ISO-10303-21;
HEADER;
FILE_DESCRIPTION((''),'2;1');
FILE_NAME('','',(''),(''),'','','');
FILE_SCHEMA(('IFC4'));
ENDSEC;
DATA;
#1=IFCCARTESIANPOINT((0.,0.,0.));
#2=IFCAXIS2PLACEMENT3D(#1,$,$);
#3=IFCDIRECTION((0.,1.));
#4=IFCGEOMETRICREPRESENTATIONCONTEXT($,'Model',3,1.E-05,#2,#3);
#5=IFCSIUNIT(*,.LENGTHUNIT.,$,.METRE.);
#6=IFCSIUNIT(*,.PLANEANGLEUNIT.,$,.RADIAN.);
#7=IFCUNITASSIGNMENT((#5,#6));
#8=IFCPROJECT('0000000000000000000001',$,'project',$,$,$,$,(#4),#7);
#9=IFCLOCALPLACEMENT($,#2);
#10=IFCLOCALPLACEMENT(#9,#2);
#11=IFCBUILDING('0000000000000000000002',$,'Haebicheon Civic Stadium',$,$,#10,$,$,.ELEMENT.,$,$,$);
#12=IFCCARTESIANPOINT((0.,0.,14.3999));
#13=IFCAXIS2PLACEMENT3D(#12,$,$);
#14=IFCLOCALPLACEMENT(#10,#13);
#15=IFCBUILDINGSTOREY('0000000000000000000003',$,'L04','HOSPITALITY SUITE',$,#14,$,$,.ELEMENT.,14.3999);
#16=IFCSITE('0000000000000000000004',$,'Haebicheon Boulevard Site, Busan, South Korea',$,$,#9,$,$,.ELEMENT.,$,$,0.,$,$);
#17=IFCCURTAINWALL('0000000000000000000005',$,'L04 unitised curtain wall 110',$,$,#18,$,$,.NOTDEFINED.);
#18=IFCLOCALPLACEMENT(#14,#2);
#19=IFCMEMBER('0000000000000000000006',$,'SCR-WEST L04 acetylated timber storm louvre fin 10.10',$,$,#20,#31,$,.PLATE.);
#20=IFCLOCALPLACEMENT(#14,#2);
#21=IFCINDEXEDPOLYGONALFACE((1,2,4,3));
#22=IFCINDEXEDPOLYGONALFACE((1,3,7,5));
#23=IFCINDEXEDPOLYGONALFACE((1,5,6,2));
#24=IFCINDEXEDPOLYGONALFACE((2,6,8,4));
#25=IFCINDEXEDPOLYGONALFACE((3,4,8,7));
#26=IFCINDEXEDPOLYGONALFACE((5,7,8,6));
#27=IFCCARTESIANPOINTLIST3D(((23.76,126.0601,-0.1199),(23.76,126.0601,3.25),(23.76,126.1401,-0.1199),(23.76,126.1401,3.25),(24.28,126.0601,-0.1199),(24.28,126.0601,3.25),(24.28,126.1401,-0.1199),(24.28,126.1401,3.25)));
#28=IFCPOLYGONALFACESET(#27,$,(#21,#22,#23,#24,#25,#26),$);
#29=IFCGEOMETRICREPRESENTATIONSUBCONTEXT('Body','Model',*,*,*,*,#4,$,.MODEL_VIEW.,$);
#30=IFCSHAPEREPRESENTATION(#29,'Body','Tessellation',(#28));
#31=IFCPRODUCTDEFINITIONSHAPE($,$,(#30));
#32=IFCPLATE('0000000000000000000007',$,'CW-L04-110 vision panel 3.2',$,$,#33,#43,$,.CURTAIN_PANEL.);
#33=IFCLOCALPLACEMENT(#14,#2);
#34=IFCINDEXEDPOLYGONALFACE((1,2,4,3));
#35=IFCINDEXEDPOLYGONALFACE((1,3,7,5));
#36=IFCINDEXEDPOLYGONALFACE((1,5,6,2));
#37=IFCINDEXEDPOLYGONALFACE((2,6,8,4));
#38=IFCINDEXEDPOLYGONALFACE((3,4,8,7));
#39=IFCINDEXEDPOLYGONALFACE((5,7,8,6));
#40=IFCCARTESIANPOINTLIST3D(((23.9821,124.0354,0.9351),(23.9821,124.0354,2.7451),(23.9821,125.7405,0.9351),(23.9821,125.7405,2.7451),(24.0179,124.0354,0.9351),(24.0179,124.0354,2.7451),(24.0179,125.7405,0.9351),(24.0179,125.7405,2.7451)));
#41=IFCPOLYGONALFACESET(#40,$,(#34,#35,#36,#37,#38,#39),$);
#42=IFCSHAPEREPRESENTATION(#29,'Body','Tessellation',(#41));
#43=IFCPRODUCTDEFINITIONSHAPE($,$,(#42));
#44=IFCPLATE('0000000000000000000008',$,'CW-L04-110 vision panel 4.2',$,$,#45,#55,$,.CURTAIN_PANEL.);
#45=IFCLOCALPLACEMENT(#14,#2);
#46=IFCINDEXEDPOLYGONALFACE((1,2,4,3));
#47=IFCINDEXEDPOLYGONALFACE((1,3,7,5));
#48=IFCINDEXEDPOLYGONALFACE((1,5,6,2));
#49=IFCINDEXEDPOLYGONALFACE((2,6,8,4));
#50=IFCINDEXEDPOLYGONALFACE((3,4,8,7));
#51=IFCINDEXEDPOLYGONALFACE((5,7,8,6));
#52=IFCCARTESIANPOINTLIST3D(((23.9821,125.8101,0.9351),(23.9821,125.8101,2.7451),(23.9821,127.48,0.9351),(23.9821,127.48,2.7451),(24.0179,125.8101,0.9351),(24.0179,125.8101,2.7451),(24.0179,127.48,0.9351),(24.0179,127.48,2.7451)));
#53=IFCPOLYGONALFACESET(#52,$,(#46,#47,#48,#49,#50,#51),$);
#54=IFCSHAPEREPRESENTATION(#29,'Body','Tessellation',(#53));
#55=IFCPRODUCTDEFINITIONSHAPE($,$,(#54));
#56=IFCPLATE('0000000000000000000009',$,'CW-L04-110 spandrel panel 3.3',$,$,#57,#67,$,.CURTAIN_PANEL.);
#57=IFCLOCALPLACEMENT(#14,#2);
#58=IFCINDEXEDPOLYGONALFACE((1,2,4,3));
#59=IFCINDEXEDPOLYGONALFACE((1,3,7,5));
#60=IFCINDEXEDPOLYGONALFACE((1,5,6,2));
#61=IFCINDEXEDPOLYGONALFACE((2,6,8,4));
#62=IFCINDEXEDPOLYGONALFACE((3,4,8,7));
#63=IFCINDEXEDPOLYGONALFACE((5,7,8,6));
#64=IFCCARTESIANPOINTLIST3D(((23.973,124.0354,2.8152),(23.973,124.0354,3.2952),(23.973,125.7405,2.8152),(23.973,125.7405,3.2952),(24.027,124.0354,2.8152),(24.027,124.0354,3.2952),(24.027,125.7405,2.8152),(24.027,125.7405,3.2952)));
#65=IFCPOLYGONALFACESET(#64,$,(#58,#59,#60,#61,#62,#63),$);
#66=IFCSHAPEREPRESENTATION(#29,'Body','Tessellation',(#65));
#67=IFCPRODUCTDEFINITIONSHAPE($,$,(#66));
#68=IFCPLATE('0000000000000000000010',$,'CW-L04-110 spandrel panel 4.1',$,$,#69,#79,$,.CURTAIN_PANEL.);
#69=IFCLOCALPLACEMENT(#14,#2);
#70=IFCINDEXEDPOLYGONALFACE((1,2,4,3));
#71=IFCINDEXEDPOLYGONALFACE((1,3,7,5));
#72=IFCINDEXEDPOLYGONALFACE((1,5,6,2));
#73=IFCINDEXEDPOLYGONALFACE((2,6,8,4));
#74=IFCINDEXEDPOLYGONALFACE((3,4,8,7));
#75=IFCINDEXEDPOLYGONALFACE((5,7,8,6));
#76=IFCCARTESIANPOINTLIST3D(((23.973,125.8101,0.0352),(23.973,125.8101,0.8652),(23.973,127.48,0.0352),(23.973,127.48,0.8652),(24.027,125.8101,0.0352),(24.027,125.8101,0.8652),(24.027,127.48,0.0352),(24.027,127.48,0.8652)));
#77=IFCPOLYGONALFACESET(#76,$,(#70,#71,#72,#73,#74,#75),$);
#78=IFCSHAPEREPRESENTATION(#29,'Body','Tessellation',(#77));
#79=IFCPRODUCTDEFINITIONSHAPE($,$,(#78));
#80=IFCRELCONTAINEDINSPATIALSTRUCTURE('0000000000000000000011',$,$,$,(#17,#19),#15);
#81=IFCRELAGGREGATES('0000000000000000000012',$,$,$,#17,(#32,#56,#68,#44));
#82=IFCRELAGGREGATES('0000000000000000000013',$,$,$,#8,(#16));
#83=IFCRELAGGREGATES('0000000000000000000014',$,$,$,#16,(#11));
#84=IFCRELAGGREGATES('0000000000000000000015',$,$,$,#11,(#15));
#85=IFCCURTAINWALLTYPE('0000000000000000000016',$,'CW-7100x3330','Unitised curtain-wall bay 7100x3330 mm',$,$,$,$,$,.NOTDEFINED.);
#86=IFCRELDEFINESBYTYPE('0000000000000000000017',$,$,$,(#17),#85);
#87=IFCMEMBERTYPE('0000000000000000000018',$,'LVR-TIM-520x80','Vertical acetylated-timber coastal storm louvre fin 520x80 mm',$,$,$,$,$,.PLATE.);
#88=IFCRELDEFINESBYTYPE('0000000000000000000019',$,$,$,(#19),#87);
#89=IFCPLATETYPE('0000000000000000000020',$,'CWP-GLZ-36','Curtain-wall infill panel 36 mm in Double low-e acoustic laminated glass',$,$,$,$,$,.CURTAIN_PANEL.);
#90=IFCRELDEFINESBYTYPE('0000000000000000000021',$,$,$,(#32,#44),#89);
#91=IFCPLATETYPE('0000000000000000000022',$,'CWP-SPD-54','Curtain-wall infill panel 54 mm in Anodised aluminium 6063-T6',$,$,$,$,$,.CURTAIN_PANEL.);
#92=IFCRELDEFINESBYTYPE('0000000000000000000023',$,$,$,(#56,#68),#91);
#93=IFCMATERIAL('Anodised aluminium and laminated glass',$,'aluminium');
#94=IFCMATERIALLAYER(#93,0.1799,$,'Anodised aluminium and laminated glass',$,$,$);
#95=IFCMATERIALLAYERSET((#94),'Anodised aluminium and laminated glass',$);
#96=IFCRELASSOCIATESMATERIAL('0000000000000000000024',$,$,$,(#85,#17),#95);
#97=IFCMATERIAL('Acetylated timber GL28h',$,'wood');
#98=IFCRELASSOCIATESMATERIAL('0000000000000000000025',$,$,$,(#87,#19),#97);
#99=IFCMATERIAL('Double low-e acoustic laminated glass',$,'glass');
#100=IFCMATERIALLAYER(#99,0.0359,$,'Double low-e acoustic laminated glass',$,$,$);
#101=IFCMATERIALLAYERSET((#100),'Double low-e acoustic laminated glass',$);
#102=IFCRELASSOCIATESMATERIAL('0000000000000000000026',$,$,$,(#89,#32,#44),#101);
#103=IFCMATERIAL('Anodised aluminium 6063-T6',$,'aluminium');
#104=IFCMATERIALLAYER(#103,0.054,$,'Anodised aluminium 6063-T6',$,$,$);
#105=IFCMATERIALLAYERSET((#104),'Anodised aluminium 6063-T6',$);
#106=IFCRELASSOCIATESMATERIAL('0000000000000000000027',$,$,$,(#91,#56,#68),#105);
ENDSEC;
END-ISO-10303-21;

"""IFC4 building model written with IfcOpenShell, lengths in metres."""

from ifc_helpers import new_model, si_unit, direction, frame, origin, origin_2d, place, context, subcontext, project, spatial, rectangle, extrude, material, layer, layer_set, material_profile, profile_set, type_object, element, aggregate, save


model = new_model("IFC4")

# Units and contexts
model_context = context("Model", 3, precision=1e-05, world=origin(), true_north=direction((0.0, 1.0)))
body_context = subcontext(model_context, "Body", "Model", "MODEL_VIEW")
ifc_project = project(units=[si_unit("LENGTHUNIT", "METRE"), si_unit("PLANEANGLEUNIT", "RADIAN")], contexts=[model_context])

# Site, building, storey
site_placement = place(None, origin())
site = spatial("IfcSite", under=ifc_project, at=site_placement, Name="Haebicheon Boulevard Site, Busan, South Korea", CompositionType="ELEMENT", RefElevation=0.0)
building_placement = place(site_placement, origin())
building = spatial("IfcBuilding", under=site, at=building_placement, Name="Haebicheon Civic Stadium", CompositionType="ELEMENT")
storey_placement = place(building_placement, frame((0.0, 0.0, 14.3999)))
storey = spatial("IfcBuildingStorey", under=building, at=storey_placement, Name="L04", Description="HOSPITALITY SUITE", CompositionType="ELEMENT", Elevation=14.3999)

# Curtain wall
ifc_material_1 = material(Name="Anodised aluminium and laminated glass", Category="aluminium")
ifc_layer_1 = layer(ifc_material_1, 0.1799, Name="Anodised aluminium and laminated glass")
ifc_layer_set_1 = layer_set([ifc_layer_1], Name="Anodised aluminium and laminated glass")
curtain_wall_type = type_object("IfcCurtainWallType", Name="CW-7100x3330", Description="Unitised curtain-wall bay 7100x3330 mm", PredefinedType="NOTDEFINED", material=ifc_layer_set_1)
curtain_wall_placement = place(storey_placement, origin())
curtain_wall = element("IfcCurtainWall", 1, at=curtain_wall_placement, inside=storey, type_object=curtain_wall_type, material=ifc_layer_set_1, Name="L04 unitised curtain wall 110", PredefinedType="NOTDEFINED")

# Member
ifc_material_2 = material(Name="Acetylated timber GL28h", Category="wood")
ifc_material_profile_1 = material_profile(ifc_material_2, rectangle(XDim=0.0801, YDim=0.52, at=origin_2d()), Name="TMB-LOUV-80x520")
ifc_profile_set_1 = profile_set([ifc_material_profile_1], Name="Acetylated timber GL28h")
member_type_1 = type_object("IfcMemberType", Name="LVR-TIM-520x80", Description="Vertical acetylated-timber coastal storm louvre fin 520x80 mm", PredefinedType="PLATE", material=ifc_profile_set_1)
for number, where, z_axis, x_axis, name in (
    (2, (24.02, 126.1001, -0.1199), (0.0, 0.0, 1.0), (0.0, 1.0, 0.0), "SCR-WEST L04 acetylated timber storm louvre fin 10.10"),
):
    element("IfcMember", number, at=place(storey_placement, frame(where, z_axis=z_axis, x_axis=x_axis)), inside=storey, type_object=member_type_1, material=ifc_profile_set_1, Name=name, PredefinedType="PLATE", context=body_context, shape_type="SweptSolid", body=[
        extrude(rectangle(XDim=0.0801, YDim=0.52, at=origin_2d()), origin(), (0.0, 0.0, 1.0), 3.3699),
    ])

# Plates
ifc_material_3 = material(Name="Double low-e acoustic laminated glass", Category="glass")
ifc_layer_2 = layer(ifc_material_3, 0.0359, Name="Double low-e acoustic laminated glass")
ifc_layer_set_2 = layer_set([ifc_layer_2], Name="Double low-e acoustic laminated glass")
plate_type_1 = type_object("IfcPlateType", Name="CWP-GLZ-36", Description="Curtain-wall infill panel 36 mm in Double low-e acoustic laminated glass", PredefinedType="CURTAIN_PANEL", material=ifc_layer_set_2)
plate_1_placement = place(storey_placement, frame((24.0, 124.8879, 0.9351), z_axis=(0.0, 0.0, 1.0), x_axis=(0.0, 1.0, 0.0)))
plate_1 = element("IfcPlate", 3, at=plate_1_placement, type_object=plate_type_1, material=ifc_layer_set_2, Name="CW-L04-110 vision panel 3.2", PredefinedType="CURTAIN_PANEL", context=body_context, shape_type="SweptSolid", body=[
    extrude(rectangle(XDim=1.7051, YDim=0.0359, at=origin_2d()), origin(), (0.0, 0.0, 1.0), 1.8101),
])
plate_2_placement = place(storey_placement, frame((24.0, 126.645, 0.9351), z_axis=(0.0, 0.0, 1.0), x_axis=(0.0, 1.0, 0.0)))
plate_2 = element("IfcPlate", 4, at=plate_2_placement, type_object=plate_type_1, material=ifc_layer_set_2, Name="CW-L04-110 vision panel 4.2", PredefinedType="CURTAIN_PANEL", context=body_context, shape_type="SweptSolid", body=[
    extrude(rectangle(XDim=1.6699, YDim=0.0359, at=origin_2d()), origin(), (0.0, 0.0, 1.0), 1.8101),
])
ifc_material_4 = material(Name="Anodised aluminium 6063-T6", Category="aluminium")
ifc_layer_3 = layer(ifc_material_4, 0.054, Name="Anodised aluminium 6063-T6")
ifc_layer_set_3 = layer_set([ifc_layer_3], Name="Anodised aluminium 6063-T6")
plate_type_2 = type_object("IfcPlateType", Name="CWP-SPD-54", Description="Curtain-wall infill panel 54 mm in Anodised aluminium 6063-T6", PredefinedType="CURTAIN_PANEL", material=ifc_layer_set_3)
plate_3_placement = place(storey_placement, frame((24.0, 124.8879, 2.8152), z_axis=(0.0, 0.0, 1.0), x_axis=(0.0, 1.0, 0.0)))
plate_3 = element("IfcPlate", 5, at=plate_3_placement, type_object=plate_type_2, material=ifc_layer_set_3, Name="CW-L04-110 spandrel panel 3.3", PredefinedType="CURTAIN_PANEL", context=body_context, shape_type="SweptSolid", body=[
    extrude(rectangle(XDim=1.7051, YDim=0.054, at=origin_2d()), origin(), (0.0, 0.0, 1.0), 0.48),
])
plate_4_placement = place(storey_placement, frame((24.0, 126.645, 0.0352), z_axis=(0.0, 0.0, 1.0), x_axis=(0.0, 1.0, 0.0)))
plate_4 = element("IfcPlate", 6, at=plate_4_placement, type_object=plate_type_2, material=ifc_layer_set_3, Name="CW-L04-110 spandrel panel 4.1", PredefinedType="CURTAIN_PANEL", context=body_context, shape_type="SweptSolid", body=[
    extrude(rectangle(XDim=1.6699, YDim=0.054, at=origin_2d()), origin(), (0.0, 0.0, 1.0), 0.8301),
])
aggregate(curtain_wall, [plate_1, plate_3, plate_4, plate_2])

save(model, "model.ifc")
